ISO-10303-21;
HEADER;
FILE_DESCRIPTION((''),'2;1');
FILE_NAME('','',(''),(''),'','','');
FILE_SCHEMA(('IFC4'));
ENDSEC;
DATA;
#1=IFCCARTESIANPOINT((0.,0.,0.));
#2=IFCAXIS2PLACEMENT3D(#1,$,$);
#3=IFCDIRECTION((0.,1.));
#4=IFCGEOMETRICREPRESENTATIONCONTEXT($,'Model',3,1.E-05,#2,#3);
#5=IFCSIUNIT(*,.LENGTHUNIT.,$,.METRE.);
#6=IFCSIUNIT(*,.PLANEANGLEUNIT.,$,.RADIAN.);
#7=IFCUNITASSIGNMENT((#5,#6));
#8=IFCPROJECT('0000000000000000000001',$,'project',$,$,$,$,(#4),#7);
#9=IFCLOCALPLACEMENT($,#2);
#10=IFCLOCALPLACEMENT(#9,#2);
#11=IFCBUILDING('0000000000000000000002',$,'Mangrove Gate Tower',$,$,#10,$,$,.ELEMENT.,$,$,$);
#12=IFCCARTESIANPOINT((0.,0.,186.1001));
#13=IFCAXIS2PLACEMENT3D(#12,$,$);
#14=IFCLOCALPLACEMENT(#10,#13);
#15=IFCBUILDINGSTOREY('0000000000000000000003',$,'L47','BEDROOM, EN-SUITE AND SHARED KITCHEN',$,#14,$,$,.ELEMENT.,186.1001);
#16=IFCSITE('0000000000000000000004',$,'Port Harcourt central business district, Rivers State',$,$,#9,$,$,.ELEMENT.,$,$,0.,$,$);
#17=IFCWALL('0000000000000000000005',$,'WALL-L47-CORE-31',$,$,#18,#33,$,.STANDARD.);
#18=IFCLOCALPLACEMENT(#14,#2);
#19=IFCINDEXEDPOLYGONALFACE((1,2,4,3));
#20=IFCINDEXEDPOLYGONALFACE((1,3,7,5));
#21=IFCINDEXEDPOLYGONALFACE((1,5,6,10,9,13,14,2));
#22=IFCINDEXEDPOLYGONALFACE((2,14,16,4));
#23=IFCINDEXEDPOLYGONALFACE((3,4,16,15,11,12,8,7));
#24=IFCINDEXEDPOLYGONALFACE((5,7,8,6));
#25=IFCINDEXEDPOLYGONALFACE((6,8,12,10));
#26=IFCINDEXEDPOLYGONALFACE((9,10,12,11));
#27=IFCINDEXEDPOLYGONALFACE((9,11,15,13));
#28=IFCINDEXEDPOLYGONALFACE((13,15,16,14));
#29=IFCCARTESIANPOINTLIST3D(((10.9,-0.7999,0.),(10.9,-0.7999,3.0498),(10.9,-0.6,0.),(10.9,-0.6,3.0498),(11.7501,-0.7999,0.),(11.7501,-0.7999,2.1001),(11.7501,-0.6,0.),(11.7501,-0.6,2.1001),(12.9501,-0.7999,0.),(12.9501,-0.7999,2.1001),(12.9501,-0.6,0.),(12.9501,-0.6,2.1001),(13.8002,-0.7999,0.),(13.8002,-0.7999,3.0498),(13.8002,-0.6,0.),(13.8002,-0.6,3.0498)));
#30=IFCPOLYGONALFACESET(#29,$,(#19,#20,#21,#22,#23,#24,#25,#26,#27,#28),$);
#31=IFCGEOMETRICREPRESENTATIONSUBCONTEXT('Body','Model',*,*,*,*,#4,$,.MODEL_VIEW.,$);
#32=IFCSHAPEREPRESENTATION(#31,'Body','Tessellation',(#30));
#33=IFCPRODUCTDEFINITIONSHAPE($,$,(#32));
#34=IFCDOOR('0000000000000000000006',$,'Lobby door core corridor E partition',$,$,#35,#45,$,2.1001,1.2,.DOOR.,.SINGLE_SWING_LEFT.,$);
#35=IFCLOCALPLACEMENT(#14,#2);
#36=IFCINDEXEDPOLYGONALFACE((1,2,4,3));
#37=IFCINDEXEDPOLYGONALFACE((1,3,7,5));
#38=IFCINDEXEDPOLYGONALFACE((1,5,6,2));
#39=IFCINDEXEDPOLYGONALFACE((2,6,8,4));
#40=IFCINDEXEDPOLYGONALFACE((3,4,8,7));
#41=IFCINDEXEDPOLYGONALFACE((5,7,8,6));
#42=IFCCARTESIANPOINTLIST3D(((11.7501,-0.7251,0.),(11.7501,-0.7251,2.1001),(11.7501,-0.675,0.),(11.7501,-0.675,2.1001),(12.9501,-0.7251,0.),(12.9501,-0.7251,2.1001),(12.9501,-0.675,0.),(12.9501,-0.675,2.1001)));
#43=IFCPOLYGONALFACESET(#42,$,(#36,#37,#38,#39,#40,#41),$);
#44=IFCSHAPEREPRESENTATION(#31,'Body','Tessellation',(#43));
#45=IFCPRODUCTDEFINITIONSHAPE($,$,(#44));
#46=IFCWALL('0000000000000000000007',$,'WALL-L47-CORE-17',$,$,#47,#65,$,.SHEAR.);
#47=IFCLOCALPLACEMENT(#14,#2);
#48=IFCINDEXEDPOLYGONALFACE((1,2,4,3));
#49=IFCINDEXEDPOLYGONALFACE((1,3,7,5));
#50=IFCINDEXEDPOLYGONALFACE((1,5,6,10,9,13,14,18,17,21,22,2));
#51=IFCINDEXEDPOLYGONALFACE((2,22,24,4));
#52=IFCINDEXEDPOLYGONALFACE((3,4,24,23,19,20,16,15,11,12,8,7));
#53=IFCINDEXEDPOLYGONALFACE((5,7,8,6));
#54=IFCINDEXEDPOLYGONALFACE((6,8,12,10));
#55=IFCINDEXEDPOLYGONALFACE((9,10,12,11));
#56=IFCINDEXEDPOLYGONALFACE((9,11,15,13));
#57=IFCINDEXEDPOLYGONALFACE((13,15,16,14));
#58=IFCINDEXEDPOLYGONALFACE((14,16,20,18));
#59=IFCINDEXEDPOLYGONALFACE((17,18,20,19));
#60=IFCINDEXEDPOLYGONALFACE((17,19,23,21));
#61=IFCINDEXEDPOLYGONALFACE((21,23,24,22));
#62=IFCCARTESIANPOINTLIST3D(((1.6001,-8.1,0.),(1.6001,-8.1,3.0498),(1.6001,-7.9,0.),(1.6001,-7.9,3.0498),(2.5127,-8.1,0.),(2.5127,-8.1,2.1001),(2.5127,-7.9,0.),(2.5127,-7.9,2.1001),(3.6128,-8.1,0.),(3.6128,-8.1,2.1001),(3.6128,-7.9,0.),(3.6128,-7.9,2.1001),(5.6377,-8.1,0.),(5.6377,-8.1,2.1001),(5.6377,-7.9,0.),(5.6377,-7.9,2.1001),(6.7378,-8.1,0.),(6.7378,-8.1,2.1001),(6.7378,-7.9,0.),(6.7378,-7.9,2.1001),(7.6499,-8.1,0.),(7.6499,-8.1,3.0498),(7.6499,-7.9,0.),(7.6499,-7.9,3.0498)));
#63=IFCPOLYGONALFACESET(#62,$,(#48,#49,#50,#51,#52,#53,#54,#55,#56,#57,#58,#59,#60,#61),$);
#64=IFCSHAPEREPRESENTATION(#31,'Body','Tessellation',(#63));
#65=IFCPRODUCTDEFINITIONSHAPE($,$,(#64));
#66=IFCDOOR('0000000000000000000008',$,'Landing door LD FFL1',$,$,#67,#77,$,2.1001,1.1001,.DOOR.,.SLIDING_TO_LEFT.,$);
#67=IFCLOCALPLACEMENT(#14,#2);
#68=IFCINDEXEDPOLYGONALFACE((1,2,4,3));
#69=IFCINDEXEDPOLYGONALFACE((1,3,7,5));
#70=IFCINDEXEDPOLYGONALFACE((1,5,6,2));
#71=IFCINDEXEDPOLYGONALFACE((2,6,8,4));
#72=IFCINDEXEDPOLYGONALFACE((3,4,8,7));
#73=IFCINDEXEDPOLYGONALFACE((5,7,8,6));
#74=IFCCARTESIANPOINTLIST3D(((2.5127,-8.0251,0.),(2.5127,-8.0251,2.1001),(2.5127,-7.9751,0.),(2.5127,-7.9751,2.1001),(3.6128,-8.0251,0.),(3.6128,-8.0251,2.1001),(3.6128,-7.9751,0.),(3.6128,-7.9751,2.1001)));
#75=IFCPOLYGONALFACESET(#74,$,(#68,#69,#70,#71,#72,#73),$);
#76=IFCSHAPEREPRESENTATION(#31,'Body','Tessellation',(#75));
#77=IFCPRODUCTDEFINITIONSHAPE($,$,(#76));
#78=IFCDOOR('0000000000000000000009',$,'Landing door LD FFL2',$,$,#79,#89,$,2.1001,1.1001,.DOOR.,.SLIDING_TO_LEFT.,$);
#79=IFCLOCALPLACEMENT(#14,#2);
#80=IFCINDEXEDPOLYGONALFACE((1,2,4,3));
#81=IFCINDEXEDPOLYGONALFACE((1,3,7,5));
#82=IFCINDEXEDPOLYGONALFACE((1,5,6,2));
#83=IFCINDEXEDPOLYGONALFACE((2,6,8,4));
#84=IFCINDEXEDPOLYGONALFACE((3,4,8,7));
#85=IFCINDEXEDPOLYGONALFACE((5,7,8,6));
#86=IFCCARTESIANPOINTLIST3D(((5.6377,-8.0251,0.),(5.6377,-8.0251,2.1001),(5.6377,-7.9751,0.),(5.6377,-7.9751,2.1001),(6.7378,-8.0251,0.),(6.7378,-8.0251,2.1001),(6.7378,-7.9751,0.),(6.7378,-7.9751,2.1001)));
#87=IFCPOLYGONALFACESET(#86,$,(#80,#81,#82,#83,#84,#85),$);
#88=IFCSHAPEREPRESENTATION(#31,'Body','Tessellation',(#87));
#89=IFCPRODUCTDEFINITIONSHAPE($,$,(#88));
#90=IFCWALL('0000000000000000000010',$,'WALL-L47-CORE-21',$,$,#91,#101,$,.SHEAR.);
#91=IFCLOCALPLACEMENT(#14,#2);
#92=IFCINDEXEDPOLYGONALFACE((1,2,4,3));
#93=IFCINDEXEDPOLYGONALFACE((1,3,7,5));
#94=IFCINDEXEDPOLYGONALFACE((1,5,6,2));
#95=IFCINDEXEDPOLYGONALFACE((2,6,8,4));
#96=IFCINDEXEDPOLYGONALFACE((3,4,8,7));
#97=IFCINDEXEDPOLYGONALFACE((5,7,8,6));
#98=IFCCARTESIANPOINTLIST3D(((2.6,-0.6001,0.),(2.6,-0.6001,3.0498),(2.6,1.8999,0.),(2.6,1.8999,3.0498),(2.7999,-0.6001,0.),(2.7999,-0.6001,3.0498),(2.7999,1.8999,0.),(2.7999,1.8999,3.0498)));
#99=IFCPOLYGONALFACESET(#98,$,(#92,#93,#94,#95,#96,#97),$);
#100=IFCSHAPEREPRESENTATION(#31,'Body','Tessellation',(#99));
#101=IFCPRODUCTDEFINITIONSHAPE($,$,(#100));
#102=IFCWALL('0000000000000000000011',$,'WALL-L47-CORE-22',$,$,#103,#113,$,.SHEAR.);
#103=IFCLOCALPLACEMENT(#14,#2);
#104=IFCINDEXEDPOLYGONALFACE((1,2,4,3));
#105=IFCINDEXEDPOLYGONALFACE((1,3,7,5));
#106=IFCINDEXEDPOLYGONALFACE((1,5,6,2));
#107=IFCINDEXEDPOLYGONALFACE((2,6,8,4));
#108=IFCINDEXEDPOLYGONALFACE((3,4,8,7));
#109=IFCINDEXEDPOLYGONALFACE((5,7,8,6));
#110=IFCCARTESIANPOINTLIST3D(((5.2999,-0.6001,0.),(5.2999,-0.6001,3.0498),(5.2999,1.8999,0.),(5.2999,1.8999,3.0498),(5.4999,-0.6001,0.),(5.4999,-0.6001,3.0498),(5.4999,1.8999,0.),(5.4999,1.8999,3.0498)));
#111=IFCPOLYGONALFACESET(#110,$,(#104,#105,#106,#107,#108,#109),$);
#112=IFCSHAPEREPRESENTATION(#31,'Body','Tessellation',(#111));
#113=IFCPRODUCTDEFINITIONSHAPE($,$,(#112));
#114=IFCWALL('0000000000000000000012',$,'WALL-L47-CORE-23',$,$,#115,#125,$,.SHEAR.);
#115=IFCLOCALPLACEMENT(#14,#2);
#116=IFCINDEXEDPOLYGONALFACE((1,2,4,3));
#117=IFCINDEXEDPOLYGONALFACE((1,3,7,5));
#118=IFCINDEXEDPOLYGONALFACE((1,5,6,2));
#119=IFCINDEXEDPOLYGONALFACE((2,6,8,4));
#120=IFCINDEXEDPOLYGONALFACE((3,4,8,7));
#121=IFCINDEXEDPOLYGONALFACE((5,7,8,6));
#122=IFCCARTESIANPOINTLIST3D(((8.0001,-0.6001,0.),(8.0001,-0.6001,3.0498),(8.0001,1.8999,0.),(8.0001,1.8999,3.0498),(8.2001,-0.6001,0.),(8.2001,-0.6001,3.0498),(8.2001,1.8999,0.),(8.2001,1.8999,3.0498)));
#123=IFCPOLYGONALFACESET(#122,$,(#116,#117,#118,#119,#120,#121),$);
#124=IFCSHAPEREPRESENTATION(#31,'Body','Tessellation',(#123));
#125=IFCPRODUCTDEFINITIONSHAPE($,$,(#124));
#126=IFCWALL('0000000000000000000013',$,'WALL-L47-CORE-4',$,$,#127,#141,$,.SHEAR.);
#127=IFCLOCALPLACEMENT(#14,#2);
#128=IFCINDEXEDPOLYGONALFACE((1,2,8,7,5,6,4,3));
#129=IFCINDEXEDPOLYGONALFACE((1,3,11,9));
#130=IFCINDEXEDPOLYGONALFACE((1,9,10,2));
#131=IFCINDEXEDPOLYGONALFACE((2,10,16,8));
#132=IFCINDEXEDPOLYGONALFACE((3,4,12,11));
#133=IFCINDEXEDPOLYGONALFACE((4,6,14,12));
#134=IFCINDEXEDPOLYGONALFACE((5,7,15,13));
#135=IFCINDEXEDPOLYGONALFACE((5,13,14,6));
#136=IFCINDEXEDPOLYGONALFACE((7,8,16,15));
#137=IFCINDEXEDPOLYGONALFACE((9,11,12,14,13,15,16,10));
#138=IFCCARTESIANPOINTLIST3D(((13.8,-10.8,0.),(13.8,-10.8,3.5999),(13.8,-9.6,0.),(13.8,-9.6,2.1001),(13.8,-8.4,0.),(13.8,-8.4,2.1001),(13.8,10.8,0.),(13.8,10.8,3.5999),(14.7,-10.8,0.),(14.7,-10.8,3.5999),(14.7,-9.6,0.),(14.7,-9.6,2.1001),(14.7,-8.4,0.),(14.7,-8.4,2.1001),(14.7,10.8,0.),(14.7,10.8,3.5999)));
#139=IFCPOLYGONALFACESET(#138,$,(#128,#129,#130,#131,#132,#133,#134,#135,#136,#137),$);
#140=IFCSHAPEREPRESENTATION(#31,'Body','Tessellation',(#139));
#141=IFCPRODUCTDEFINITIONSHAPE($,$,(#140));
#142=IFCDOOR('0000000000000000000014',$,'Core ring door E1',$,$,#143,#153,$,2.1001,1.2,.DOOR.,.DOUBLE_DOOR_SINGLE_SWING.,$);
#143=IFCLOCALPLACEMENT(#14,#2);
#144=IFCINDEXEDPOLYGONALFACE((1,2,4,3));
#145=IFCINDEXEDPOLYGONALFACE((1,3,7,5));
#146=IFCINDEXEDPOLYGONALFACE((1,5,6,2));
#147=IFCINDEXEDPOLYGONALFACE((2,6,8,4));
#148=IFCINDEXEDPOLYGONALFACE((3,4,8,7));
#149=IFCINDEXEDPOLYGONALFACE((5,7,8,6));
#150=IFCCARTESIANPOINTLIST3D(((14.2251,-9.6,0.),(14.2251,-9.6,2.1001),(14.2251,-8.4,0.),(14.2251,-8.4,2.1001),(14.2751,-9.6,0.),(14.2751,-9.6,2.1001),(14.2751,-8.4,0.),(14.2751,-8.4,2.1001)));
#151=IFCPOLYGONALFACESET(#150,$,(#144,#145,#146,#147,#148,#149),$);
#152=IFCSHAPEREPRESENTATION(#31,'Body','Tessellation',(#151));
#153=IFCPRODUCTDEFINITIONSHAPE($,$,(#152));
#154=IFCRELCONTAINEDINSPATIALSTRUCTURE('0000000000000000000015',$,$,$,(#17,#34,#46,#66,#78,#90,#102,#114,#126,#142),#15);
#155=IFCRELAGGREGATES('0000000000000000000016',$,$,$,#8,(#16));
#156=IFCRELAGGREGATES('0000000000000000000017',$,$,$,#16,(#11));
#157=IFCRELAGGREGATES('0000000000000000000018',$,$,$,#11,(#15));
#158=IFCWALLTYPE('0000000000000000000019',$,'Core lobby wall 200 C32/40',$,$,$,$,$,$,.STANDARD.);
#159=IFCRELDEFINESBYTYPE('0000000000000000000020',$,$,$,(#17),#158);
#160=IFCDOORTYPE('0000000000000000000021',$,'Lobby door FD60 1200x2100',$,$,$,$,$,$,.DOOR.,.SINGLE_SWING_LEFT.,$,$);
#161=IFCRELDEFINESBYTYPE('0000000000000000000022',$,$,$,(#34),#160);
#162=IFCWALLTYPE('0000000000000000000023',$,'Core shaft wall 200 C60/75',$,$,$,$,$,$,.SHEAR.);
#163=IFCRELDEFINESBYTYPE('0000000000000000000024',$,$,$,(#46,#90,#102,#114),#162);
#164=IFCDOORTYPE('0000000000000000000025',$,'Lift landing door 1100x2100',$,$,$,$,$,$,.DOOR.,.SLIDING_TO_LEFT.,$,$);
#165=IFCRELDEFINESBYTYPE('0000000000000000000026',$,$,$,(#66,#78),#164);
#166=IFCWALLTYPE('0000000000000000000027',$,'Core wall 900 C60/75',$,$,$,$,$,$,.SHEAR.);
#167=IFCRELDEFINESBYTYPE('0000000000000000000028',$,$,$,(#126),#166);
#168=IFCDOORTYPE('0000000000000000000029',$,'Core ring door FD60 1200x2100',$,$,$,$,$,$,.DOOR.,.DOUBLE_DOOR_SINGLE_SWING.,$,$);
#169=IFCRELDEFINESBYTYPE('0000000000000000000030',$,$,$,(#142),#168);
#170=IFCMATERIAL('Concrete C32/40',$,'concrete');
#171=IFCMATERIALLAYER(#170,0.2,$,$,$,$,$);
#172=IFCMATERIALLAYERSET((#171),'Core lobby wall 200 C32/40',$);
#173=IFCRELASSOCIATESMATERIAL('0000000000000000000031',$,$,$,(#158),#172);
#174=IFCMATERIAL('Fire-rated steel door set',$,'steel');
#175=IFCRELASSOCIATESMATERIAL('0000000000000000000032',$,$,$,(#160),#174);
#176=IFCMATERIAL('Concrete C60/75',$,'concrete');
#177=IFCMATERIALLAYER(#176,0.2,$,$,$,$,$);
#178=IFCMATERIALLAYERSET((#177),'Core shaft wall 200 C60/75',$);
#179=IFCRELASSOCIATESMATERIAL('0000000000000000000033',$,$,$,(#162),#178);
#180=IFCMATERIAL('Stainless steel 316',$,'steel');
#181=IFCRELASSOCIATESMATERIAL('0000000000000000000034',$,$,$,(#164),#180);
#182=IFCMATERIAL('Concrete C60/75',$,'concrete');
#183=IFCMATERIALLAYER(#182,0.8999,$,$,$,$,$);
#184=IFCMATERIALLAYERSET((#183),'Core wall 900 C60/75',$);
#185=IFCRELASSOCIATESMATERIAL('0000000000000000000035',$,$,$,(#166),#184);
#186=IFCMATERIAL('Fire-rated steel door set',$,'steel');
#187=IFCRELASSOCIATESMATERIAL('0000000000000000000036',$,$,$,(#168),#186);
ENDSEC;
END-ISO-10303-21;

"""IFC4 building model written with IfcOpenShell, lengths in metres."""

from ifc_helpers import new_model, si_unit, direction, frame, frame_2d, origin, place, context, subcontext, project, spatial, rectangle, extrude, material, layer, layer_set, type_object, element, fill, save


model = new_model("IFC4")

# Units and contexts
model_context = context("Model", 3, precision=1e-05, world=origin(), true_north=direction((0.0, 1.0)))
body_context = subcontext(model_context, "Body", "Model", "MODEL_VIEW")
ifc_project = project(units=[si_unit("LENGTHUNIT", "METRE"), si_unit("PLANEANGLEUNIT", "RADIAN")], contexts=[model_context])

# Site, building, storey
site_placement = place(None, origin())
site = spatial("IfcSite", under=ifc_project, at=site_placement, Name="Port Harcourt central business district, Rivers State", CompositionType="ELEMENT", RefElevation=0.0)
building_placement = place(site_placement, origin())
building = spatial("IfcBuilding", under=site, at=building_placement, Name="Mangrove Gate Tower", CompositionType="ELEMENT")
storey_placement = place(building_placement, frame((0.0, 0.0, 186.1001)))
storey = spatial("IfcBuildingStorey", under=building, at=storey_placement, Name="L47", Description="BEDROOM, EN-SUITE AND SHARED KITCHEN", CompositionType="ELEMENT", Elevation=186.1001)

# Wall, opening, door
ifc_material_1 = material(Name="Concrete C32/40", Category="concrete")
ifc_layer_1 = layer(ifc_material_1, 0.2)
ifc_layer_set_1 = layer_set([ifc_layer_1], Name="Core lobby wall 200 C32/40")
wall_type_1 = type_object("IfcWallType", Name="Core lobby wall 200 C32/40", PredefinedType="STANDARD", material=ifc_layer_set_1)
wall_1_placement = place(storey_placement, frame((10.8999, -0.7, 0.0), z_axis=(0.0, 0.0, 1.0), x_axis=(1.0, 0.0, 0.0)))
wall_1 = element("IfcWall", 1, at=wall_1_placement, inside=storey, type_object=wall_type_1, Name="WALL-L47-CORE-31", PredefinedType="STANDARD", context=body_context, shape_type="SweptSolid", body=[
    extrude(rectangle(XDim=2.9001, YDim=0.2, at=frame_2d((1.4502, 0.0))), origin(), (0.0, 0.0, 1.0), 3.0498),
])
opening_1_placement = place(wall_1_placement, frame((0.8501, 0.0, 0.0)))
opening_1 = element("IfcOpeningElement", 2, at=opening_1_placement, cuts=wall_1, PredefinedType="OPENING", context=body_context, shape_type="SweptSolid", body=[
    extrude(rectangle(XDim=1.2, YDim=2.1001, at=frame_2d((0.6001, 1.05))), frame((0.0, 0.1099, 0.0), z_axis=(0.0, -1.0, 0.0), x_axis=(1.0, 0.0, 0.0)), (0.0, 0.0, 1.0), 0.22),
])
ifc_material_2 = material(Name="Fire-rated steel door set", Category="steel")
door_type_1 = type_object("IfcDoorType", Name="Lobby door FD60 1200x2100", OperationType="SINGLE_SWING_LEFT", PredefinedType="DOOR", material=ifc_material_2)
door_1_placement = place(opening_1_placement, origin())
door_1 = element("IfcDoor", 3, at=door_1_placement, inside=storey, type_object=door_type_1, Name="Lobby door core corridor E partition", OperationType="SINGLE_SWING_LEFT", OverallHeight=2.1001, OverallWidth=1.2, PredefinedType="DOOR", context=body_context, shape_type="SweptSolid", body=[
    extrude(rectangle(XDim=1.2, YDim=2.1001, at=frame_2d((0.6001, 1.05))), frame((0.0, 0.0249, 0.0), z_axis=(0.0, -1.0, 0.0), x_axis=(1.0, 0.0, 0.0)), (0.0, 0.0, 1.0), 0.05),
])
fill(opening_1, door_1)

# Wall, openings, doors
ifc_material_3 = material(Name="Concrete C60/75", Category="concrete")
ifc_layer_2 = layer(ifc_material_3, 0.2)
ifc_layer_set_2 = layer_set([ifc_layer_2], Name="Core shaft wall 200 C60/75")
wall_type_2 = type_object("IfcWallType", Name="Core shaft wall 200 C60/75", PredefinedType="SHEAR", material=ifc_layer_set_2)
wall_2_placement = place(storey_placement, frame((1.6001, -8.0, 0.0), z_axis=(0.0, 0.0, 1.0), x_axis=(1.0, 0.0, 0.0)))
wall_2 = element("IfcWall", 4, at=wall_2_placement, inside=storey, type_object=wall_type_2, Name="WALL-L47-CORE-17", PredefinedType="SHEAR", context=body_context, shape_type="SweptSolid", body=[
    extrude(rectangle(XDim=6.0498, YDim=0.2, at=frame_2d((3.0249, 0.0))), origin(), (0.0, 0.0, 1.0), 3.0498),
])
opening_2_placement = place(wall_2_placement, frame((0.9126, 0.0, 0.0)))
opening_2 = element("IfcOpeningElement", 5, at=opening_2_placement, cuts=wall_2, PredefinedType="OPENING", context=body_context, shape_type="SweptSolid", body=[
    extrude(rectangle(XDim=1.1001, YDim=2.1001, at=frame_2d((0.55, 1.05))), frame((0.0, 0.1099, 0.0), z_axis=(0.0, -1.0, 0.0), x_axis=(1.0, 0.0, 0.0)), (0.0, 0.0, 1.0), 0.22),
])
opening_3_placement = place(wall_2_placement, frame((4.0376, 0.0, 0.0)))
opening_3 = element("IfcOpeningElement", 6, at=opening_3_placement, cuts=wall_2, PredefinedType="OPENING", context=body_context, shape_type="SweptSolid", body=[
    extrude(rectangle(XDim=1.1001, YDim=2.1001, at=frame_2d((0.55, 1.05))), frame((0.0, 0.1099, 0.0), z_axis=(0.0, -1.0, 0.0), x_axis=(1.0, 0.0, 0.0)), (0.0, 0.0, 1.0), 0.22),
])
ifc_material_4 = material(Name="Stainless steel 316", Category="steel")
door_type_2 = type_object("IfcDoorType", Name="Lift landing door 1100x2100", OperationType="SLIDING_TO_LEFT", PredefinedType="DOOR", material=ifc_material_4)
door_2_placement = place(opening_2_placement, origin())
door_2 = element("IfcDoor", 7, at=door_2_placement, inside=storey, type_object=door_type_2, Name="Landing door LD FFL1", OperationType="SLIDING_TO_LEFT", OverallHeight=2.1001, OverallWidth=1.1001, PredefinedType="DOOR", context=body_context, shape_type="SweptSolid", body=[
    extrude(rectangle(XDim=1.1001, YDim=2.1001, at=frame_2d((0.55, 1.05))), frame((0.0, 0.0249, 0.0), z_axis=(0.0, -1.0, 0.0), x_axis=(1.0, 0.0, 0.0)), (0.0, 0.0, 1.0), 0.05),
])
fill(opening_2, door_2)
door_3_placement = place(opening_3_placement, origin())
door_3 = element("IfcDoor", 8, at=door_3_placement, inside=storey, type_object=door_type_2, Name="Landing door LD FFL2", OperationType="SLIDING_TO_LEFT", OverallHeight=2.1001, OverallWidth=1.1001, PredefinedType="DOOR", context=body_context, shape_type="SweptSolid", body=[
    extrude(rectangle(XDim=1.1001, YDim=2.1001, at=frame_2d((0.55, 1.05))), frame((0.0, 0.0249, 0.0), z_axis=(0.0, -1.0, 0.0), x_axis=(1.0, 0.0, 0.0)), (0.0, 0.0, 1.0), 0.05),
])
fill(opening_3, door_3)

# Walls
for number, where, z_axis, x_axis, name in (
    (9, (2.7, -0.6001, 0.0), (0.0, 0.0, 1.0), (0.0, 1.0, 0.0), "WALL-L47-CORE-21"),
    (10, (5.3999, -0.6001, 0.0), (0.0, 0.0, 1.0), (0.0, 1.0, 0.0), "WALL-L47-CORE-22"),
    (11, (8.1001, -0.6001, 0.0), (0.0, 0.0, 1.0), (0.0, 1.0, 0.0), "WALL-L47-CORE-23"),
):
    element("IfcWall", number, at=place(storey_placement, frame(where, z_axis=z_axis, x_axis=x_axis)), inside=storey, type_object=wall_type_2, Name=name, PredefinedType="SHEAR", context=body_context, shape_type="SweptSolid", body=[
        extrude(rectangle(XDim=2.5, YDim=0.2, at=frame_2d((1.25, 0.0))), origin(), (0.0, 0.0, 1.0), 3.0498),
    ])

# Wall, opening, door
ifc_material_5 = material(Name="Concrete C60/75", Category="concrete")
ifc_layer_3 = layer(ifc_material_5, 0.8999)
ifc_layer_set_3 = layer_set([ifc_layer_3], Name="Core wall 900 C60/75")
wall_type_3 = type_object("IfcWallType", Name="Core wall 900 C60/75", PredefinedType="SHEAR", material=ifc_layer_set_3)
wall_3_placement = place(storey_placement, frame((14.25, -10.8, 0.0), z_axis=(0.0, 0.0, 1.0), x_axis=(0.0, 1.0, 0.0)))
wall_3 = element("IfcWall", 12, at=wall_3_placement, inside=storey, type_object=wall_type_3, Name="WALL-L47-CORE-4", PredefinedType="SHEAR", context=body_context, shape_type="SweptSolid", body=[
    extrude(rectangle(XDim=21.6001, YDim=0.8999, at=frame_2d((10.8, 0.0))), origin(), (0.0, 0.0, 1.0), 3.5999),
])
opening_4_placement = place(wall_3_placement, frame((1.2, 0.0, 0.0)))
opening_4 = element("IfcOpeningElement", 13, at=opening_4_placement, cuts=wall_3, PredefinedType="OPENING", context=body_context, shape_type="SweptSolid", body=[
    extrude(rectangle(XDim=1.2, YDim=2.1001, at=frame_2d((0.6001, 1.05))), frame((0.0, 0.46, 0.0), z_axis=(0.0, -1.0, 0.0), x_axis=(1.0, 0.0, 0.0)), (0.0, 0.0, 1.0), 0.9199),
])
ifc_material_6 = material(Name="Fire-rated steel door set", Category="steel")
door_type_3 = type_object("IfcDoorType", Name="Core ring door FD60 1200x2100", OperationType="DOUBLE_DOOR_SINGLE_SWING", PredefinedType="DOOR", material=ifc_material_6)
door_4_placement = place(opening_4_placement, origin())
door_4 = element("IfcDoor", 14, at=door_4_placement, inside=storey, type_object=door_type_3, Name="Core ring door E1", OperationType="DOUBLE_DOOR_SINGLE_SWING", OverallHeight=2.1001, OverallWidth=1.2, PredefinedType="DOOR", context=body_context, shape_type="SweptSolid", body=[
    extrude(rectangle(XDim=1.2, YDim=2.1001, at=frame_2d((0.6001, 1.05))), frame((0.0, 0.0249, 0.0), z_axis=(0.0, -1.0, 0.0), x_axis=(1.0, 0.0, 0.0)), (0.0, 0.0, 1.0), 0.05),
])
fill(opening_4, door_4)

save(model, "model.ifc")
